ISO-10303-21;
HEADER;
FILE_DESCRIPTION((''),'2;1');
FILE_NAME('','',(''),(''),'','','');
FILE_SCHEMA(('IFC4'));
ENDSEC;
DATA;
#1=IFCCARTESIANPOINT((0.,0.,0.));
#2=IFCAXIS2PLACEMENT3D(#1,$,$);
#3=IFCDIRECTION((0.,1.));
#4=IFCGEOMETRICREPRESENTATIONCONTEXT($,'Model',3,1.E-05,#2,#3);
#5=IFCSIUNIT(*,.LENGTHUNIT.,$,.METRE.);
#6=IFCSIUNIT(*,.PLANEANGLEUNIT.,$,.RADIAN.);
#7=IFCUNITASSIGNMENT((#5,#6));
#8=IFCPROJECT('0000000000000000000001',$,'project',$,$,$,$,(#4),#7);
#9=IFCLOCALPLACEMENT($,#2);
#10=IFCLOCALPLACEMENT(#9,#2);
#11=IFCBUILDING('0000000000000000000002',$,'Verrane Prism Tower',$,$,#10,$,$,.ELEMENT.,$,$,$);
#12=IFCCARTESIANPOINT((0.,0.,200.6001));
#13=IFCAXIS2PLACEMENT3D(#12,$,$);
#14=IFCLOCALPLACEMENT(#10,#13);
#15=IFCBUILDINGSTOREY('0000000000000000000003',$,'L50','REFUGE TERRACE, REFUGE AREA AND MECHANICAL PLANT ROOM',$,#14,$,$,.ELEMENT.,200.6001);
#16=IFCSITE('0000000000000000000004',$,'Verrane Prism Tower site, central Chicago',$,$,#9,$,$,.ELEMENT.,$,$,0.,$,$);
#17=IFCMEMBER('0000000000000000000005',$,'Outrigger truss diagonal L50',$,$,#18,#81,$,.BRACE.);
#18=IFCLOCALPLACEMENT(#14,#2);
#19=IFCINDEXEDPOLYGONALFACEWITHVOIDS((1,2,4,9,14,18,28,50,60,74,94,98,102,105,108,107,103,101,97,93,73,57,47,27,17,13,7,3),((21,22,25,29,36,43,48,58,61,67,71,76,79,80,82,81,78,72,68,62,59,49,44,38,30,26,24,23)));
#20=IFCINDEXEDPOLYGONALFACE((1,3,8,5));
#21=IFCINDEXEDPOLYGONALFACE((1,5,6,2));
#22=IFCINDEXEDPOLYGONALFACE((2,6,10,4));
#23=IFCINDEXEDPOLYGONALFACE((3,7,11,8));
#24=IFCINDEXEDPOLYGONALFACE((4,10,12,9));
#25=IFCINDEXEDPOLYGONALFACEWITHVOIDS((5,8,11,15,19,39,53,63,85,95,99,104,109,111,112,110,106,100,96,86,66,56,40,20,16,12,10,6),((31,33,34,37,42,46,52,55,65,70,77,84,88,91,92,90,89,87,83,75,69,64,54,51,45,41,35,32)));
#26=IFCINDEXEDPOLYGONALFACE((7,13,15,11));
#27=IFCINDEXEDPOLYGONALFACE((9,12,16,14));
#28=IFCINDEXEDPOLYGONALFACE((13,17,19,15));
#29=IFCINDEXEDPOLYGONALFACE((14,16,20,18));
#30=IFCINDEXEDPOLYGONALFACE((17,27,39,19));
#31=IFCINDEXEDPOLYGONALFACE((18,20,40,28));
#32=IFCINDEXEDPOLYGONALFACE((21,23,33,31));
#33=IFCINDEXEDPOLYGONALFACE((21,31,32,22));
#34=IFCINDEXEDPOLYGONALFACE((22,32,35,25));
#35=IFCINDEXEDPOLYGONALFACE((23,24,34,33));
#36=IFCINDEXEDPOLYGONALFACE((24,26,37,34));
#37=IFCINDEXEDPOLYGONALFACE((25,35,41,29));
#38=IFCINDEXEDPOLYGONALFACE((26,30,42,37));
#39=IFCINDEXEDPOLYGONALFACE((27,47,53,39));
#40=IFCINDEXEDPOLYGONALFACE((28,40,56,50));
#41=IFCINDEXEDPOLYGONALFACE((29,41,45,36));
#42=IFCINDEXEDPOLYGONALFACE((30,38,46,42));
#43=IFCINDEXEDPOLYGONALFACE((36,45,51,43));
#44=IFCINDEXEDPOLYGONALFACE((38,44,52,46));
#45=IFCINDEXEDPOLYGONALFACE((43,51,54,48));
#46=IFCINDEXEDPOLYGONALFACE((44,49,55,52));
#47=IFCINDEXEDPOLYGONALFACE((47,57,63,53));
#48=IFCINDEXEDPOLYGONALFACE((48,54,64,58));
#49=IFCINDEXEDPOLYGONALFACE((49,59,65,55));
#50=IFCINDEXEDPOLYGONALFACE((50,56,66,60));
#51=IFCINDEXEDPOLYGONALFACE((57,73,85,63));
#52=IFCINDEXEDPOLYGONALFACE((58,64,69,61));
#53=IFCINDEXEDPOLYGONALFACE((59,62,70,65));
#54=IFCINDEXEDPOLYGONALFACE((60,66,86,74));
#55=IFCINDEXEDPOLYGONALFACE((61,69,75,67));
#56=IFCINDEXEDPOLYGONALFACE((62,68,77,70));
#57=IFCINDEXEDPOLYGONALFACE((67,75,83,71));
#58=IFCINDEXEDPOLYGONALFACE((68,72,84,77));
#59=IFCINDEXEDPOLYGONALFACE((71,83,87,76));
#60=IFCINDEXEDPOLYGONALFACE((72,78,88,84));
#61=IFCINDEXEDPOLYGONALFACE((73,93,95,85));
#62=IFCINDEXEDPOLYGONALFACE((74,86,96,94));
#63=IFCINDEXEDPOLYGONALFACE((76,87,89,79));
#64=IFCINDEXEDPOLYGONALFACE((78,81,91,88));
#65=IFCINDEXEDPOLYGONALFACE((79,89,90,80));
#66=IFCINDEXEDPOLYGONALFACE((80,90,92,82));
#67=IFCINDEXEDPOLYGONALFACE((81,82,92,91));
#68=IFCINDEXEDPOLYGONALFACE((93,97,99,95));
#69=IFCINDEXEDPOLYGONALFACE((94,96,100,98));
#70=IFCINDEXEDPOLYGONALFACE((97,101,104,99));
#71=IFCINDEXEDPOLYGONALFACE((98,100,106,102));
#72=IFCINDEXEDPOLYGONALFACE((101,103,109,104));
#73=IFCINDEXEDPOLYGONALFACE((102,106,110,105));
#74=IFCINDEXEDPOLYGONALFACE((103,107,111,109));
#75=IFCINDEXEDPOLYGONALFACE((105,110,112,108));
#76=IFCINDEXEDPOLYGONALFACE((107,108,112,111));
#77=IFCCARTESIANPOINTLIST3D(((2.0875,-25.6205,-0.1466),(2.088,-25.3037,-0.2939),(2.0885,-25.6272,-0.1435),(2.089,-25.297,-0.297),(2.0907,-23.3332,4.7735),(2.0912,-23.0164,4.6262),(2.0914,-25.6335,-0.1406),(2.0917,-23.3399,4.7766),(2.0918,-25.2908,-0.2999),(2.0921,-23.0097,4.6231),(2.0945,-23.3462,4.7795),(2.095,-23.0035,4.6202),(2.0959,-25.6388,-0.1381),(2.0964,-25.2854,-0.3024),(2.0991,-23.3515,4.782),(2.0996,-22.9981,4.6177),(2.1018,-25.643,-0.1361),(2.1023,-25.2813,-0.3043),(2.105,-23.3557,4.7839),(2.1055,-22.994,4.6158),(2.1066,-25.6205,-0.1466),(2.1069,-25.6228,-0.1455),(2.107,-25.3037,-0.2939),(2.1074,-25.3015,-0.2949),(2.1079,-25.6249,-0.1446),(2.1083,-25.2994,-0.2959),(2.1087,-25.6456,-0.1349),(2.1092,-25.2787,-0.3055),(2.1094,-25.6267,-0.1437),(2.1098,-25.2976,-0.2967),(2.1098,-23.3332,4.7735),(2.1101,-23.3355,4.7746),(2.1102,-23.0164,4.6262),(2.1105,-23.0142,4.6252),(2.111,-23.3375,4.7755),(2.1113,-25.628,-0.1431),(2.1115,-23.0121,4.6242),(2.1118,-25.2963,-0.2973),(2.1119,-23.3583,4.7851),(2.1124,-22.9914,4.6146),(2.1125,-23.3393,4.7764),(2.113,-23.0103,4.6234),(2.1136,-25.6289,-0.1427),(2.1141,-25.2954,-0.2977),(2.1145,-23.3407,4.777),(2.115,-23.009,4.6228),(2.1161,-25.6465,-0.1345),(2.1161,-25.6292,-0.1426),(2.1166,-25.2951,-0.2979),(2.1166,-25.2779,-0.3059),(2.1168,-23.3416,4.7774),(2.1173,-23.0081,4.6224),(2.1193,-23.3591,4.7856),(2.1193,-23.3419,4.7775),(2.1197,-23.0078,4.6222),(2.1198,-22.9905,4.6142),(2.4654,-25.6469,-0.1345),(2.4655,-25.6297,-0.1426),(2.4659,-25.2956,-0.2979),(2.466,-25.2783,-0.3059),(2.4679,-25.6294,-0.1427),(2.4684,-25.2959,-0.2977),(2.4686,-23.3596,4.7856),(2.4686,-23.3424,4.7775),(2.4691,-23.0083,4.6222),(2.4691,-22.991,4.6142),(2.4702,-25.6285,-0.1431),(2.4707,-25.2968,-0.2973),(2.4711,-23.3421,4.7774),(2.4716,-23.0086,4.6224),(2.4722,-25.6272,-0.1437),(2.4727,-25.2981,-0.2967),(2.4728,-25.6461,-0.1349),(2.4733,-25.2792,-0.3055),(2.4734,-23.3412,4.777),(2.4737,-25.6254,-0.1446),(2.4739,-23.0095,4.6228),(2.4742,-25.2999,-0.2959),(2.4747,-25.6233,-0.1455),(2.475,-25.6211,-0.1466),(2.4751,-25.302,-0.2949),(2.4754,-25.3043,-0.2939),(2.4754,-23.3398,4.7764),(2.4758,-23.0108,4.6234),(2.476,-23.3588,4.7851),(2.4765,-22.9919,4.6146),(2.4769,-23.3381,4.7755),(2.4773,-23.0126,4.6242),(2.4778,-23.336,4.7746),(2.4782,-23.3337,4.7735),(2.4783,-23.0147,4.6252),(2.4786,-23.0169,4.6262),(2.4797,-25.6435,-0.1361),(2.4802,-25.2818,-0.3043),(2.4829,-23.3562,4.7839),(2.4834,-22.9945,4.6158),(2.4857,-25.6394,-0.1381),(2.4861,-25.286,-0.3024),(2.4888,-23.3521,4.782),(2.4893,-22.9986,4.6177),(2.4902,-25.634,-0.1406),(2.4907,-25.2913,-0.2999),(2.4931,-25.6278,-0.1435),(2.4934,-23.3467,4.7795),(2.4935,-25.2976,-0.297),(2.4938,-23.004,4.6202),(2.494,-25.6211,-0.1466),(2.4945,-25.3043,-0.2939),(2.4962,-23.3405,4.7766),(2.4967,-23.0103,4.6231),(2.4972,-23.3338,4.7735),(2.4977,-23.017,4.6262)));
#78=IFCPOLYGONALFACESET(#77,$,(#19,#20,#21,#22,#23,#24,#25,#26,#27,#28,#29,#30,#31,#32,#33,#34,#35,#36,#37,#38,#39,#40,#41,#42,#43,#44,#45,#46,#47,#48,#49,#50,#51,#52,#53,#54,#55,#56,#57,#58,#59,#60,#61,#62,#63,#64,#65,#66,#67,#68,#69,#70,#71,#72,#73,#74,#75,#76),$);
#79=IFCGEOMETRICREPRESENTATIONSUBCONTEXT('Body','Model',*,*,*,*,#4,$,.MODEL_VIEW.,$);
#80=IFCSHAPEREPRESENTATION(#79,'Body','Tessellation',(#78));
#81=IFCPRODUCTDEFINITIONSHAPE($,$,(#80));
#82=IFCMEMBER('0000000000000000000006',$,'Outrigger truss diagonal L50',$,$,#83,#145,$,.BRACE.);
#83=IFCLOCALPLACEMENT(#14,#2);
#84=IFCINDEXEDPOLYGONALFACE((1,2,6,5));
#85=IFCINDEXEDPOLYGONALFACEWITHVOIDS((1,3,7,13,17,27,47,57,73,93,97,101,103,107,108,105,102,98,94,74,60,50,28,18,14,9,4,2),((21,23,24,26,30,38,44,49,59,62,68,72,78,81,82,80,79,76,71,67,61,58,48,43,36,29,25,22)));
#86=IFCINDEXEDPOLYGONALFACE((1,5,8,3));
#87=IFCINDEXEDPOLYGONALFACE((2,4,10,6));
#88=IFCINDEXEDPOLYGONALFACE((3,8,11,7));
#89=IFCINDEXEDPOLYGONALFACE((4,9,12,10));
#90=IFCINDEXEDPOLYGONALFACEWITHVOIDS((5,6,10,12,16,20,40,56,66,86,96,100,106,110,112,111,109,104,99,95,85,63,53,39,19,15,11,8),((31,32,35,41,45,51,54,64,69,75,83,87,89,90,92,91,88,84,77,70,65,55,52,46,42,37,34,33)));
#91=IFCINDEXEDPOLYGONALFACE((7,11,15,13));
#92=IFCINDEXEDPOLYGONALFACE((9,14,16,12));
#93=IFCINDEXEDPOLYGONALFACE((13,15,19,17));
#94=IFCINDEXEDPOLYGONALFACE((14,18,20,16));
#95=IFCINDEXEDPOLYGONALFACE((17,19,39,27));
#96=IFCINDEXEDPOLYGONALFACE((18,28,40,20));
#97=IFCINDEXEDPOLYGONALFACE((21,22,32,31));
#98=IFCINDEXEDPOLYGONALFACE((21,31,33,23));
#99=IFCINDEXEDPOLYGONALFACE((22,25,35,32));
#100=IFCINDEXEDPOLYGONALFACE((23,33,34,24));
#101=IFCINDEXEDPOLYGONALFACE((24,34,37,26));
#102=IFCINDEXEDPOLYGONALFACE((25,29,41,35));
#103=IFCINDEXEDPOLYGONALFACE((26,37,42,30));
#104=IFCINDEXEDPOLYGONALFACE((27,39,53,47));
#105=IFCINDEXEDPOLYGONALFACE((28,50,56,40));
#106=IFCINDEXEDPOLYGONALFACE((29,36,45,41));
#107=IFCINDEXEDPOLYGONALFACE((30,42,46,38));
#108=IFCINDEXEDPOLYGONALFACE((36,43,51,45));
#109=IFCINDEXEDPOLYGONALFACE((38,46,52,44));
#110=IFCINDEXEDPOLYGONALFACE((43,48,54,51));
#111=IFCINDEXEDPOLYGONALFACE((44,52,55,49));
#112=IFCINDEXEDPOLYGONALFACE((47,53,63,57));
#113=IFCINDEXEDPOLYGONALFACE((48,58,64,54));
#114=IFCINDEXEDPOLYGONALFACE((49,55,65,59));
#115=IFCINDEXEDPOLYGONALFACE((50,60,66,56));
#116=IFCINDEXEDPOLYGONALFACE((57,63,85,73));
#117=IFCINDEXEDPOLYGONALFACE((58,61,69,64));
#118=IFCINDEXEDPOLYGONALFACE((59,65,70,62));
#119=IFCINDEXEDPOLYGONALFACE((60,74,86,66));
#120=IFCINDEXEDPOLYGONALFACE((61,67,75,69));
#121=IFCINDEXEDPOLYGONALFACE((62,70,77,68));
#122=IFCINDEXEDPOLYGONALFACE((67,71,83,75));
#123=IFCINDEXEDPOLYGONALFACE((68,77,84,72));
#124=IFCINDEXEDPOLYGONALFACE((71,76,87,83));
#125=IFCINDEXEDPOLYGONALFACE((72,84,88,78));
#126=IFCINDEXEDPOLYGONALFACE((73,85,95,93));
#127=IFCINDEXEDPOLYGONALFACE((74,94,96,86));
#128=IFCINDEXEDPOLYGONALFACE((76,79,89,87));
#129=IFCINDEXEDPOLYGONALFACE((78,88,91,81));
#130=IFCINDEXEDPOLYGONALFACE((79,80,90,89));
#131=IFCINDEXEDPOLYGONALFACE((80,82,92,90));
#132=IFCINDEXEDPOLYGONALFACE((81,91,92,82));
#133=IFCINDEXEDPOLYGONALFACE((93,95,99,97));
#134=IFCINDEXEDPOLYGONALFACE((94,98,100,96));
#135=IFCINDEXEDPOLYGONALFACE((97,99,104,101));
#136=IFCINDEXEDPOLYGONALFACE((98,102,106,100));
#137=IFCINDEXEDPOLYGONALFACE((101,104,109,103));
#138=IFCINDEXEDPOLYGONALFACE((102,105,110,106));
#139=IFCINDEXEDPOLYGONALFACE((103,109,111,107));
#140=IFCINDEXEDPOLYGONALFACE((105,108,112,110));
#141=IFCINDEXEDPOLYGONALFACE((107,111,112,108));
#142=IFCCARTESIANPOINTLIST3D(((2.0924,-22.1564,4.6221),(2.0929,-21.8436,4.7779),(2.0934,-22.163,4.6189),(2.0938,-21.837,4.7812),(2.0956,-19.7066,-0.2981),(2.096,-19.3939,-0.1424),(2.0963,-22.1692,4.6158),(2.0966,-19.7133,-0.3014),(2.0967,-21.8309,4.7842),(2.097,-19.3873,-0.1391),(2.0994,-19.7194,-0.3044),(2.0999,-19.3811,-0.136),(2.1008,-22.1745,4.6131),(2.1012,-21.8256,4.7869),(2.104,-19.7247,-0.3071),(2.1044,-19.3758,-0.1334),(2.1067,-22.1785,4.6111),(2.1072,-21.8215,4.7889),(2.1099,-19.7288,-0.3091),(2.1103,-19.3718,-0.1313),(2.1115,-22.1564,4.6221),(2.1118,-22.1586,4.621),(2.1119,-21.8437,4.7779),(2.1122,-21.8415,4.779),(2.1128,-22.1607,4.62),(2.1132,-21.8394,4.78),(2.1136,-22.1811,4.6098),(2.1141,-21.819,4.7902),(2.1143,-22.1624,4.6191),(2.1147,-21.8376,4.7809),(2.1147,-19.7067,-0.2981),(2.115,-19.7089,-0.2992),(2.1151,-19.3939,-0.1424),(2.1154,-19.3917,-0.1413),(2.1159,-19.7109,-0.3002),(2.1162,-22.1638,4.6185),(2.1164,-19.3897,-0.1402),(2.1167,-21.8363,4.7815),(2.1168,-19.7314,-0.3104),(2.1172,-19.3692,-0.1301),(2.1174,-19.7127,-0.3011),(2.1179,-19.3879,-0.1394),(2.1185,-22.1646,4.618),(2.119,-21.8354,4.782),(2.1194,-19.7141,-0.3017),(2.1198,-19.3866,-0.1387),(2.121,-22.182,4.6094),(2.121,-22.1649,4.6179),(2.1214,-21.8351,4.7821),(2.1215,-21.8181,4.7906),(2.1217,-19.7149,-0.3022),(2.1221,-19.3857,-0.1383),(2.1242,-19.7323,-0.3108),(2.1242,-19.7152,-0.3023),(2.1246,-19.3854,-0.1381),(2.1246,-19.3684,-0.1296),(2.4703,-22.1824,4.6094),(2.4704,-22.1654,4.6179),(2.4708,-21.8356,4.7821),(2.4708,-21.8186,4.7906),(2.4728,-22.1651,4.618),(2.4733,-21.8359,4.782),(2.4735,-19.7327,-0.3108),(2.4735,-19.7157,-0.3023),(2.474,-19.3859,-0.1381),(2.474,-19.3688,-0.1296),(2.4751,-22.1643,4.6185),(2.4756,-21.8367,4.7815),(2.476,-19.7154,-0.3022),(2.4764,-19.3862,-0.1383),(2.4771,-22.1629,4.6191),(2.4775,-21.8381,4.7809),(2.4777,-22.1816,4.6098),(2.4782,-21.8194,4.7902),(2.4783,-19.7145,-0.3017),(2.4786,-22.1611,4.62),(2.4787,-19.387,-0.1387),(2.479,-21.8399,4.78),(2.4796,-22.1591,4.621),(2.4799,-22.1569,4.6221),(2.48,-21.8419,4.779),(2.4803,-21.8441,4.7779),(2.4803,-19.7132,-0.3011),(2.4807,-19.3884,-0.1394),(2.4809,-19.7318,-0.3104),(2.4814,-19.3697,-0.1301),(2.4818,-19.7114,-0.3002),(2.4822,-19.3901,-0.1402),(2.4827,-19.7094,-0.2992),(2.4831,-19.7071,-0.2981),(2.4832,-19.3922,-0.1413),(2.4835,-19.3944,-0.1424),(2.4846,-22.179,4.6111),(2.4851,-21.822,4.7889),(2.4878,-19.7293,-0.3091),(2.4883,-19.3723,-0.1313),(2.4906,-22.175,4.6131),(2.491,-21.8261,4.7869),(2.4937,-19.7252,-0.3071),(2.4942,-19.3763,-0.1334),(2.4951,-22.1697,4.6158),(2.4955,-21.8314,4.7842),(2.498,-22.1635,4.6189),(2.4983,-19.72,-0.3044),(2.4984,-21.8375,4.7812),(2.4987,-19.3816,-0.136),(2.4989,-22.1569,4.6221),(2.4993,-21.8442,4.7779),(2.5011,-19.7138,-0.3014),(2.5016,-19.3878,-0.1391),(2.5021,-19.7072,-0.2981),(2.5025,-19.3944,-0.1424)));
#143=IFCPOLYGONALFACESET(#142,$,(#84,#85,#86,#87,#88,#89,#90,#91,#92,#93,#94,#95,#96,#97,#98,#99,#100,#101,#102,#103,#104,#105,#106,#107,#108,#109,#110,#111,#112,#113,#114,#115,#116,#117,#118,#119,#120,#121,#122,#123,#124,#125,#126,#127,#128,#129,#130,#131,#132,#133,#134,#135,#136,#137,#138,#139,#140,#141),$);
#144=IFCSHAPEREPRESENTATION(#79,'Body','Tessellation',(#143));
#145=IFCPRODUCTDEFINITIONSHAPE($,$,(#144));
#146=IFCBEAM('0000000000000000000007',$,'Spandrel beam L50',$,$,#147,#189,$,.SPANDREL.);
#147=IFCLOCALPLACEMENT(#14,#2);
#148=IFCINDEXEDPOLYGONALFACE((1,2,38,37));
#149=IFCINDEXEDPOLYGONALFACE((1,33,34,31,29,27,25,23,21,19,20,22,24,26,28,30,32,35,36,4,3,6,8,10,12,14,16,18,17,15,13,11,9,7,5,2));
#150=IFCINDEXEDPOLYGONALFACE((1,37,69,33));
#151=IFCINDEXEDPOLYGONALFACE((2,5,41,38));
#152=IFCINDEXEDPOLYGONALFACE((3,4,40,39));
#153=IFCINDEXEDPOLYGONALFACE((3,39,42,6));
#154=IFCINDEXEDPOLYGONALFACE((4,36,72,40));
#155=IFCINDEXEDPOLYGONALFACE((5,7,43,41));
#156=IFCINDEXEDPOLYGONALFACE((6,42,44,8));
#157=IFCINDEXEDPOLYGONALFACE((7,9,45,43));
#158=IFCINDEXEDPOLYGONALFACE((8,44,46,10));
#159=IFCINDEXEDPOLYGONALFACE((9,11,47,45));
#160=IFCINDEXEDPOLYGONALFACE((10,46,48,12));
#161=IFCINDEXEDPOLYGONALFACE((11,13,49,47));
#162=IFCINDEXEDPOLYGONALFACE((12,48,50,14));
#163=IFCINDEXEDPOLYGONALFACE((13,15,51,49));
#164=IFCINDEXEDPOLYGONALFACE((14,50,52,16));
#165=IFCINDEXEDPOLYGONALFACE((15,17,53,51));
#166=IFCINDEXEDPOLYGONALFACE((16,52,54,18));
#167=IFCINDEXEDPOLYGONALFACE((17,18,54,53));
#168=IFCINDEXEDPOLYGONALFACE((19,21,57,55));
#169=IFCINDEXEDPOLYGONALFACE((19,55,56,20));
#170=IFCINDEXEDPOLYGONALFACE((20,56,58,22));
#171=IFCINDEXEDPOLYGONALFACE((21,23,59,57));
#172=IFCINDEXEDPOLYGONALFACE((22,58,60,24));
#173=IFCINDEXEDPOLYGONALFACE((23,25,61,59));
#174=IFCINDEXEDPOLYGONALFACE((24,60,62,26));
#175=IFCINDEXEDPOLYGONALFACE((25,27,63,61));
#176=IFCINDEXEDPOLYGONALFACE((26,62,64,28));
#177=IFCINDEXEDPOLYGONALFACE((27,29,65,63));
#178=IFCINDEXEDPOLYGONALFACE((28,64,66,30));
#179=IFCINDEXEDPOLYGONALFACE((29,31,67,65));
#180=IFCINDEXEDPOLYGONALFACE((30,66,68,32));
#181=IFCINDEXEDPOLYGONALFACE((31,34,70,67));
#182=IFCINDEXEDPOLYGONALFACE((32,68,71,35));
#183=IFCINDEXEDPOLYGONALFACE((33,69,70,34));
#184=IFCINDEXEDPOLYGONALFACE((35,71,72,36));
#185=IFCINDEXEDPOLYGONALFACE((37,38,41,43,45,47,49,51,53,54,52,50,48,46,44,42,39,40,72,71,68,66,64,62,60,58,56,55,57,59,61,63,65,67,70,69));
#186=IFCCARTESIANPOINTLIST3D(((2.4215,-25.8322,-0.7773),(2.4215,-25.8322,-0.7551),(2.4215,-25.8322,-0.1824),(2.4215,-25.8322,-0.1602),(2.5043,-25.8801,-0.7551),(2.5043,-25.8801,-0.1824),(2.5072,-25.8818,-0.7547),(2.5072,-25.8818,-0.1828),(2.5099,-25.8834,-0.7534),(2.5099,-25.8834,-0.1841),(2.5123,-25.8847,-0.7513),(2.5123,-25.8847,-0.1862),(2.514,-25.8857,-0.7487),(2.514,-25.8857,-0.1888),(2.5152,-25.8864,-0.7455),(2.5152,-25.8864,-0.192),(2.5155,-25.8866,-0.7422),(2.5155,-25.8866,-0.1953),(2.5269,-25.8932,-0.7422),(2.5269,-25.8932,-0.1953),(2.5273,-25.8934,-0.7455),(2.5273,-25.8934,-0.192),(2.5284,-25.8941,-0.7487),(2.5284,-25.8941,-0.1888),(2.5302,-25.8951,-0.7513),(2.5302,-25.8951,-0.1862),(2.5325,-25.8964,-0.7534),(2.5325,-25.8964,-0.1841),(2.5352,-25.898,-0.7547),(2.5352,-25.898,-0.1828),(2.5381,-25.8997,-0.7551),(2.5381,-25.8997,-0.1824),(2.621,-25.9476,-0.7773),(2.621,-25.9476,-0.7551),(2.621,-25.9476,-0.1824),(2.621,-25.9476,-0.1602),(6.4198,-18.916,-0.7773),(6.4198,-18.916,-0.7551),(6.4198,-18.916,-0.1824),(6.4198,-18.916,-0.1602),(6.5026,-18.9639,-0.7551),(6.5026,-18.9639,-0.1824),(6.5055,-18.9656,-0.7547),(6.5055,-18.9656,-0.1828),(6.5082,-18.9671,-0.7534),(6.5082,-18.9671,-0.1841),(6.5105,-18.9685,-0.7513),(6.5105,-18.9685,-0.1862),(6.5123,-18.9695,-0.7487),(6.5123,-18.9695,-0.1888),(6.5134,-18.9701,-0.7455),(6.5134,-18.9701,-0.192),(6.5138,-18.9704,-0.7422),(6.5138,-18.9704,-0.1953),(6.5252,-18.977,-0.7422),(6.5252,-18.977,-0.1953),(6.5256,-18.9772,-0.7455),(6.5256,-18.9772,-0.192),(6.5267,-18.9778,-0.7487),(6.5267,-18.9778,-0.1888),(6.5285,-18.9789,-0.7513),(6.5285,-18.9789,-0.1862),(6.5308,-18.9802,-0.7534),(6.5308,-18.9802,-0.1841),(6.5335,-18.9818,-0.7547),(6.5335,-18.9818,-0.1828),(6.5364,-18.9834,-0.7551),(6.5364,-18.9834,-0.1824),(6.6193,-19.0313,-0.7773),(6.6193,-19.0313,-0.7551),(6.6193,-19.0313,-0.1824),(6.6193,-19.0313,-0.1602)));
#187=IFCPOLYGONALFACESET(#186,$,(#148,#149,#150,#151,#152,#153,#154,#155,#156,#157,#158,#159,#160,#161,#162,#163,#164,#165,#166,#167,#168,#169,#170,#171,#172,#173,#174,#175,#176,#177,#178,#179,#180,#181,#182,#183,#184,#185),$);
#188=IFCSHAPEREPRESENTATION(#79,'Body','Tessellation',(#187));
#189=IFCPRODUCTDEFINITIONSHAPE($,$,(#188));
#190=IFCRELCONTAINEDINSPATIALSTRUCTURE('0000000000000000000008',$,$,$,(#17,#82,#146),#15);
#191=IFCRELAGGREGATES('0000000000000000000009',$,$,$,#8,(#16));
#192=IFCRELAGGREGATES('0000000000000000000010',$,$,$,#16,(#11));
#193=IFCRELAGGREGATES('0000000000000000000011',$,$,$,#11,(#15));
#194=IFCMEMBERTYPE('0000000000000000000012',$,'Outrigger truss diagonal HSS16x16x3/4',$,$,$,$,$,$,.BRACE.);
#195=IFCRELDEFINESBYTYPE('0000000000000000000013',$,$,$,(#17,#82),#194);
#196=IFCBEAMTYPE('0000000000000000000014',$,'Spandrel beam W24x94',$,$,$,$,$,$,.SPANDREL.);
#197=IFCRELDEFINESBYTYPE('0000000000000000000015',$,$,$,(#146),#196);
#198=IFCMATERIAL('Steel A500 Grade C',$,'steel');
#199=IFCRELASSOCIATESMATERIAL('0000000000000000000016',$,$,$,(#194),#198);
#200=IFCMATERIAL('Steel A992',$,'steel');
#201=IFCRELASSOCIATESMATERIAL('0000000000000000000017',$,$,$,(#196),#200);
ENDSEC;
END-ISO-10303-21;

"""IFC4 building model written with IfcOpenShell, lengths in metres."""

from ifc_helpers import new_model, si_unit, direction, frame, origin, origin_2d, place, context, subcontext, project, spatial, hollow_rectangle, i_section, extrude, material, material_profile, profile_set, type_object, element, save


model = new_model("IFC4")

# Units and contexts
model_context = context("Model", 3, precision=1e-05, world=origin(), true_north=direction((0.0, 1.0)))
body_context = subcontext(model_context, "Body", "Model", "MODEL_VIEW")
ifc_project = project(units=[si_unit("LENGTHUNIT", "METRE"), si_unit("PLANEANGLEUNIT", "RADIAN")], contexts=[model_context])

# Site, building, storey
site_placement = place(None, origin())
site = spatial("IfcSite", under=ifc_project, at=site_placement, Name="Verrane Prism Tower site, central Chicago", CompositionType="ELEMENT", RefElevation=0.0)
building_placement = place(site_placement, origin())
building = spatial("IfcBuilding", under=site, at=building_placement, Name="Verrane Prism Tower", CompositionType="ELEMENT")
storey_placement = place(building_placement, frame((0.0, 0.0, 200.6001)))
storey = spatial("IfcBuildingStorey", under=building, at=storey_placement, Name="L50", Description="REFUGE TERRACE, REFUGE AREA AND MECHANICAL PLANT ROOM", CompositionType="ELEMENT", Elevation=200.6001)

# Members
ifc_material_1 = material(Name="Steel A500 Grade C", Category="steel")
ifc_material_profile_1 = material_profile(ifc_material_1, hollow_rectangle(XDim=0.4065, YDim=0.4065, WallThickness=0.019, InnerFilletRadius=0.0095, OuterFilletRadius=0.0286, at=origin_2d()), Name="HSS16x16x3/4")
ifc_profile_set_1 = profile_set([ifc_material_profile_1], Name="Steel A500 Grade C")
member_type_1 = type_object("IfcMemberType", Name="Outrigger truss diagonal HSS16x16x3/4", PredefinedType="BRACE", material=ifc_profile_set_1)
member_1_placement = place(storey_placement, frame((2.291, -25.4624, -0.2202), z_axis=(0.000585, 0.421565, 0.906798), x_axis=(-0.999999, 0.001388, 0.0)))
element("IfcMember", 1, at=member_1_placement, inside=storey, type_object=member_type_1, Name="Outrigger truss diagonal L50", PredefinedType="BRACE", context=body_context, shape_type="SweptSolid", body=[
    extrude(hollow_rectangle(XDim=0.4065, YDim=0.4065, WallThickness=0.019, InnerFilletRadius=0.0095, OuterFilletRadius=0.0286, at=origin_2d()), origin(), (0.0, 0.0, 1.0), 5.4258),
])
member_2_placement = place(storey_placement, frame((2.2991, -19.5505, -0.2202), z_axis=(-0.000577, -0.445703, 0.895181), x_axis=(0.999999, -0.001296, 0.0)))
element("IfcMember", 2, at=member_2_placement, inside=storey, type_object=member_type_1, Name="Outrigger truss diagonal L50", PredefinedType="BRACE", context=body_context, shape_type="SweptSolid", body=[
    extrude(hollow_rectangle(XDim=0.4065, YDim=0.4065, WallThickness=0.019, InnerFilletRadius=0.0095, OuterFilletRadius=0.0286, at=origin_2d()), origin(), (0.0, 0.0, 1.0), 5.4963),
])

# Beam
ifc_material_2 = material(Name="Steel A992", Category="steel")
ifc_material_profile_2 = material_profile(ifc_material_2, i_section(OverallWidth=0.2305, OverallDepth=0.6172, WebThickness=0.0132, FlangeThickness=0.0222, FilletRadius=0.0129, at=origin_2d()), Name="W24x94")
ifc_profile_set_2 = profile_set([ifc_material_profile_2], Name="Steel A992")
beam_type_1 = type_object("IfcBeamType", Name="Spandrel beam W24x94", PredefinedType="SPANDREL", material=ifc_profile_set_2)
beam_1_placement = place(storey_placement, frame((2.5212, -25.8899, -0.4688), z_axis=(0.500487, 0.865744, 0.0), x_axis=(-0.865744, 0.500487, 0.0)))
element("IfcBeam", 3, at=beam_1_placement, inside=storey, type_object=beam_type_1, Name="Spandrel beam L50", PredefinedType="SPANDREL", context=body_context, shape_type="SweptSolid", body=[
    extrude(i_section(OverallWidth=0.2305, OverallDepth=0.6172, WebThickness=0.0132, FlangeThickness=0.0222, FilletRadius=0.0129, at=origin_2d()), origin(), (0.0, 0.0, 1.0), 7.9888),
])

save(model, "model.ifc")
